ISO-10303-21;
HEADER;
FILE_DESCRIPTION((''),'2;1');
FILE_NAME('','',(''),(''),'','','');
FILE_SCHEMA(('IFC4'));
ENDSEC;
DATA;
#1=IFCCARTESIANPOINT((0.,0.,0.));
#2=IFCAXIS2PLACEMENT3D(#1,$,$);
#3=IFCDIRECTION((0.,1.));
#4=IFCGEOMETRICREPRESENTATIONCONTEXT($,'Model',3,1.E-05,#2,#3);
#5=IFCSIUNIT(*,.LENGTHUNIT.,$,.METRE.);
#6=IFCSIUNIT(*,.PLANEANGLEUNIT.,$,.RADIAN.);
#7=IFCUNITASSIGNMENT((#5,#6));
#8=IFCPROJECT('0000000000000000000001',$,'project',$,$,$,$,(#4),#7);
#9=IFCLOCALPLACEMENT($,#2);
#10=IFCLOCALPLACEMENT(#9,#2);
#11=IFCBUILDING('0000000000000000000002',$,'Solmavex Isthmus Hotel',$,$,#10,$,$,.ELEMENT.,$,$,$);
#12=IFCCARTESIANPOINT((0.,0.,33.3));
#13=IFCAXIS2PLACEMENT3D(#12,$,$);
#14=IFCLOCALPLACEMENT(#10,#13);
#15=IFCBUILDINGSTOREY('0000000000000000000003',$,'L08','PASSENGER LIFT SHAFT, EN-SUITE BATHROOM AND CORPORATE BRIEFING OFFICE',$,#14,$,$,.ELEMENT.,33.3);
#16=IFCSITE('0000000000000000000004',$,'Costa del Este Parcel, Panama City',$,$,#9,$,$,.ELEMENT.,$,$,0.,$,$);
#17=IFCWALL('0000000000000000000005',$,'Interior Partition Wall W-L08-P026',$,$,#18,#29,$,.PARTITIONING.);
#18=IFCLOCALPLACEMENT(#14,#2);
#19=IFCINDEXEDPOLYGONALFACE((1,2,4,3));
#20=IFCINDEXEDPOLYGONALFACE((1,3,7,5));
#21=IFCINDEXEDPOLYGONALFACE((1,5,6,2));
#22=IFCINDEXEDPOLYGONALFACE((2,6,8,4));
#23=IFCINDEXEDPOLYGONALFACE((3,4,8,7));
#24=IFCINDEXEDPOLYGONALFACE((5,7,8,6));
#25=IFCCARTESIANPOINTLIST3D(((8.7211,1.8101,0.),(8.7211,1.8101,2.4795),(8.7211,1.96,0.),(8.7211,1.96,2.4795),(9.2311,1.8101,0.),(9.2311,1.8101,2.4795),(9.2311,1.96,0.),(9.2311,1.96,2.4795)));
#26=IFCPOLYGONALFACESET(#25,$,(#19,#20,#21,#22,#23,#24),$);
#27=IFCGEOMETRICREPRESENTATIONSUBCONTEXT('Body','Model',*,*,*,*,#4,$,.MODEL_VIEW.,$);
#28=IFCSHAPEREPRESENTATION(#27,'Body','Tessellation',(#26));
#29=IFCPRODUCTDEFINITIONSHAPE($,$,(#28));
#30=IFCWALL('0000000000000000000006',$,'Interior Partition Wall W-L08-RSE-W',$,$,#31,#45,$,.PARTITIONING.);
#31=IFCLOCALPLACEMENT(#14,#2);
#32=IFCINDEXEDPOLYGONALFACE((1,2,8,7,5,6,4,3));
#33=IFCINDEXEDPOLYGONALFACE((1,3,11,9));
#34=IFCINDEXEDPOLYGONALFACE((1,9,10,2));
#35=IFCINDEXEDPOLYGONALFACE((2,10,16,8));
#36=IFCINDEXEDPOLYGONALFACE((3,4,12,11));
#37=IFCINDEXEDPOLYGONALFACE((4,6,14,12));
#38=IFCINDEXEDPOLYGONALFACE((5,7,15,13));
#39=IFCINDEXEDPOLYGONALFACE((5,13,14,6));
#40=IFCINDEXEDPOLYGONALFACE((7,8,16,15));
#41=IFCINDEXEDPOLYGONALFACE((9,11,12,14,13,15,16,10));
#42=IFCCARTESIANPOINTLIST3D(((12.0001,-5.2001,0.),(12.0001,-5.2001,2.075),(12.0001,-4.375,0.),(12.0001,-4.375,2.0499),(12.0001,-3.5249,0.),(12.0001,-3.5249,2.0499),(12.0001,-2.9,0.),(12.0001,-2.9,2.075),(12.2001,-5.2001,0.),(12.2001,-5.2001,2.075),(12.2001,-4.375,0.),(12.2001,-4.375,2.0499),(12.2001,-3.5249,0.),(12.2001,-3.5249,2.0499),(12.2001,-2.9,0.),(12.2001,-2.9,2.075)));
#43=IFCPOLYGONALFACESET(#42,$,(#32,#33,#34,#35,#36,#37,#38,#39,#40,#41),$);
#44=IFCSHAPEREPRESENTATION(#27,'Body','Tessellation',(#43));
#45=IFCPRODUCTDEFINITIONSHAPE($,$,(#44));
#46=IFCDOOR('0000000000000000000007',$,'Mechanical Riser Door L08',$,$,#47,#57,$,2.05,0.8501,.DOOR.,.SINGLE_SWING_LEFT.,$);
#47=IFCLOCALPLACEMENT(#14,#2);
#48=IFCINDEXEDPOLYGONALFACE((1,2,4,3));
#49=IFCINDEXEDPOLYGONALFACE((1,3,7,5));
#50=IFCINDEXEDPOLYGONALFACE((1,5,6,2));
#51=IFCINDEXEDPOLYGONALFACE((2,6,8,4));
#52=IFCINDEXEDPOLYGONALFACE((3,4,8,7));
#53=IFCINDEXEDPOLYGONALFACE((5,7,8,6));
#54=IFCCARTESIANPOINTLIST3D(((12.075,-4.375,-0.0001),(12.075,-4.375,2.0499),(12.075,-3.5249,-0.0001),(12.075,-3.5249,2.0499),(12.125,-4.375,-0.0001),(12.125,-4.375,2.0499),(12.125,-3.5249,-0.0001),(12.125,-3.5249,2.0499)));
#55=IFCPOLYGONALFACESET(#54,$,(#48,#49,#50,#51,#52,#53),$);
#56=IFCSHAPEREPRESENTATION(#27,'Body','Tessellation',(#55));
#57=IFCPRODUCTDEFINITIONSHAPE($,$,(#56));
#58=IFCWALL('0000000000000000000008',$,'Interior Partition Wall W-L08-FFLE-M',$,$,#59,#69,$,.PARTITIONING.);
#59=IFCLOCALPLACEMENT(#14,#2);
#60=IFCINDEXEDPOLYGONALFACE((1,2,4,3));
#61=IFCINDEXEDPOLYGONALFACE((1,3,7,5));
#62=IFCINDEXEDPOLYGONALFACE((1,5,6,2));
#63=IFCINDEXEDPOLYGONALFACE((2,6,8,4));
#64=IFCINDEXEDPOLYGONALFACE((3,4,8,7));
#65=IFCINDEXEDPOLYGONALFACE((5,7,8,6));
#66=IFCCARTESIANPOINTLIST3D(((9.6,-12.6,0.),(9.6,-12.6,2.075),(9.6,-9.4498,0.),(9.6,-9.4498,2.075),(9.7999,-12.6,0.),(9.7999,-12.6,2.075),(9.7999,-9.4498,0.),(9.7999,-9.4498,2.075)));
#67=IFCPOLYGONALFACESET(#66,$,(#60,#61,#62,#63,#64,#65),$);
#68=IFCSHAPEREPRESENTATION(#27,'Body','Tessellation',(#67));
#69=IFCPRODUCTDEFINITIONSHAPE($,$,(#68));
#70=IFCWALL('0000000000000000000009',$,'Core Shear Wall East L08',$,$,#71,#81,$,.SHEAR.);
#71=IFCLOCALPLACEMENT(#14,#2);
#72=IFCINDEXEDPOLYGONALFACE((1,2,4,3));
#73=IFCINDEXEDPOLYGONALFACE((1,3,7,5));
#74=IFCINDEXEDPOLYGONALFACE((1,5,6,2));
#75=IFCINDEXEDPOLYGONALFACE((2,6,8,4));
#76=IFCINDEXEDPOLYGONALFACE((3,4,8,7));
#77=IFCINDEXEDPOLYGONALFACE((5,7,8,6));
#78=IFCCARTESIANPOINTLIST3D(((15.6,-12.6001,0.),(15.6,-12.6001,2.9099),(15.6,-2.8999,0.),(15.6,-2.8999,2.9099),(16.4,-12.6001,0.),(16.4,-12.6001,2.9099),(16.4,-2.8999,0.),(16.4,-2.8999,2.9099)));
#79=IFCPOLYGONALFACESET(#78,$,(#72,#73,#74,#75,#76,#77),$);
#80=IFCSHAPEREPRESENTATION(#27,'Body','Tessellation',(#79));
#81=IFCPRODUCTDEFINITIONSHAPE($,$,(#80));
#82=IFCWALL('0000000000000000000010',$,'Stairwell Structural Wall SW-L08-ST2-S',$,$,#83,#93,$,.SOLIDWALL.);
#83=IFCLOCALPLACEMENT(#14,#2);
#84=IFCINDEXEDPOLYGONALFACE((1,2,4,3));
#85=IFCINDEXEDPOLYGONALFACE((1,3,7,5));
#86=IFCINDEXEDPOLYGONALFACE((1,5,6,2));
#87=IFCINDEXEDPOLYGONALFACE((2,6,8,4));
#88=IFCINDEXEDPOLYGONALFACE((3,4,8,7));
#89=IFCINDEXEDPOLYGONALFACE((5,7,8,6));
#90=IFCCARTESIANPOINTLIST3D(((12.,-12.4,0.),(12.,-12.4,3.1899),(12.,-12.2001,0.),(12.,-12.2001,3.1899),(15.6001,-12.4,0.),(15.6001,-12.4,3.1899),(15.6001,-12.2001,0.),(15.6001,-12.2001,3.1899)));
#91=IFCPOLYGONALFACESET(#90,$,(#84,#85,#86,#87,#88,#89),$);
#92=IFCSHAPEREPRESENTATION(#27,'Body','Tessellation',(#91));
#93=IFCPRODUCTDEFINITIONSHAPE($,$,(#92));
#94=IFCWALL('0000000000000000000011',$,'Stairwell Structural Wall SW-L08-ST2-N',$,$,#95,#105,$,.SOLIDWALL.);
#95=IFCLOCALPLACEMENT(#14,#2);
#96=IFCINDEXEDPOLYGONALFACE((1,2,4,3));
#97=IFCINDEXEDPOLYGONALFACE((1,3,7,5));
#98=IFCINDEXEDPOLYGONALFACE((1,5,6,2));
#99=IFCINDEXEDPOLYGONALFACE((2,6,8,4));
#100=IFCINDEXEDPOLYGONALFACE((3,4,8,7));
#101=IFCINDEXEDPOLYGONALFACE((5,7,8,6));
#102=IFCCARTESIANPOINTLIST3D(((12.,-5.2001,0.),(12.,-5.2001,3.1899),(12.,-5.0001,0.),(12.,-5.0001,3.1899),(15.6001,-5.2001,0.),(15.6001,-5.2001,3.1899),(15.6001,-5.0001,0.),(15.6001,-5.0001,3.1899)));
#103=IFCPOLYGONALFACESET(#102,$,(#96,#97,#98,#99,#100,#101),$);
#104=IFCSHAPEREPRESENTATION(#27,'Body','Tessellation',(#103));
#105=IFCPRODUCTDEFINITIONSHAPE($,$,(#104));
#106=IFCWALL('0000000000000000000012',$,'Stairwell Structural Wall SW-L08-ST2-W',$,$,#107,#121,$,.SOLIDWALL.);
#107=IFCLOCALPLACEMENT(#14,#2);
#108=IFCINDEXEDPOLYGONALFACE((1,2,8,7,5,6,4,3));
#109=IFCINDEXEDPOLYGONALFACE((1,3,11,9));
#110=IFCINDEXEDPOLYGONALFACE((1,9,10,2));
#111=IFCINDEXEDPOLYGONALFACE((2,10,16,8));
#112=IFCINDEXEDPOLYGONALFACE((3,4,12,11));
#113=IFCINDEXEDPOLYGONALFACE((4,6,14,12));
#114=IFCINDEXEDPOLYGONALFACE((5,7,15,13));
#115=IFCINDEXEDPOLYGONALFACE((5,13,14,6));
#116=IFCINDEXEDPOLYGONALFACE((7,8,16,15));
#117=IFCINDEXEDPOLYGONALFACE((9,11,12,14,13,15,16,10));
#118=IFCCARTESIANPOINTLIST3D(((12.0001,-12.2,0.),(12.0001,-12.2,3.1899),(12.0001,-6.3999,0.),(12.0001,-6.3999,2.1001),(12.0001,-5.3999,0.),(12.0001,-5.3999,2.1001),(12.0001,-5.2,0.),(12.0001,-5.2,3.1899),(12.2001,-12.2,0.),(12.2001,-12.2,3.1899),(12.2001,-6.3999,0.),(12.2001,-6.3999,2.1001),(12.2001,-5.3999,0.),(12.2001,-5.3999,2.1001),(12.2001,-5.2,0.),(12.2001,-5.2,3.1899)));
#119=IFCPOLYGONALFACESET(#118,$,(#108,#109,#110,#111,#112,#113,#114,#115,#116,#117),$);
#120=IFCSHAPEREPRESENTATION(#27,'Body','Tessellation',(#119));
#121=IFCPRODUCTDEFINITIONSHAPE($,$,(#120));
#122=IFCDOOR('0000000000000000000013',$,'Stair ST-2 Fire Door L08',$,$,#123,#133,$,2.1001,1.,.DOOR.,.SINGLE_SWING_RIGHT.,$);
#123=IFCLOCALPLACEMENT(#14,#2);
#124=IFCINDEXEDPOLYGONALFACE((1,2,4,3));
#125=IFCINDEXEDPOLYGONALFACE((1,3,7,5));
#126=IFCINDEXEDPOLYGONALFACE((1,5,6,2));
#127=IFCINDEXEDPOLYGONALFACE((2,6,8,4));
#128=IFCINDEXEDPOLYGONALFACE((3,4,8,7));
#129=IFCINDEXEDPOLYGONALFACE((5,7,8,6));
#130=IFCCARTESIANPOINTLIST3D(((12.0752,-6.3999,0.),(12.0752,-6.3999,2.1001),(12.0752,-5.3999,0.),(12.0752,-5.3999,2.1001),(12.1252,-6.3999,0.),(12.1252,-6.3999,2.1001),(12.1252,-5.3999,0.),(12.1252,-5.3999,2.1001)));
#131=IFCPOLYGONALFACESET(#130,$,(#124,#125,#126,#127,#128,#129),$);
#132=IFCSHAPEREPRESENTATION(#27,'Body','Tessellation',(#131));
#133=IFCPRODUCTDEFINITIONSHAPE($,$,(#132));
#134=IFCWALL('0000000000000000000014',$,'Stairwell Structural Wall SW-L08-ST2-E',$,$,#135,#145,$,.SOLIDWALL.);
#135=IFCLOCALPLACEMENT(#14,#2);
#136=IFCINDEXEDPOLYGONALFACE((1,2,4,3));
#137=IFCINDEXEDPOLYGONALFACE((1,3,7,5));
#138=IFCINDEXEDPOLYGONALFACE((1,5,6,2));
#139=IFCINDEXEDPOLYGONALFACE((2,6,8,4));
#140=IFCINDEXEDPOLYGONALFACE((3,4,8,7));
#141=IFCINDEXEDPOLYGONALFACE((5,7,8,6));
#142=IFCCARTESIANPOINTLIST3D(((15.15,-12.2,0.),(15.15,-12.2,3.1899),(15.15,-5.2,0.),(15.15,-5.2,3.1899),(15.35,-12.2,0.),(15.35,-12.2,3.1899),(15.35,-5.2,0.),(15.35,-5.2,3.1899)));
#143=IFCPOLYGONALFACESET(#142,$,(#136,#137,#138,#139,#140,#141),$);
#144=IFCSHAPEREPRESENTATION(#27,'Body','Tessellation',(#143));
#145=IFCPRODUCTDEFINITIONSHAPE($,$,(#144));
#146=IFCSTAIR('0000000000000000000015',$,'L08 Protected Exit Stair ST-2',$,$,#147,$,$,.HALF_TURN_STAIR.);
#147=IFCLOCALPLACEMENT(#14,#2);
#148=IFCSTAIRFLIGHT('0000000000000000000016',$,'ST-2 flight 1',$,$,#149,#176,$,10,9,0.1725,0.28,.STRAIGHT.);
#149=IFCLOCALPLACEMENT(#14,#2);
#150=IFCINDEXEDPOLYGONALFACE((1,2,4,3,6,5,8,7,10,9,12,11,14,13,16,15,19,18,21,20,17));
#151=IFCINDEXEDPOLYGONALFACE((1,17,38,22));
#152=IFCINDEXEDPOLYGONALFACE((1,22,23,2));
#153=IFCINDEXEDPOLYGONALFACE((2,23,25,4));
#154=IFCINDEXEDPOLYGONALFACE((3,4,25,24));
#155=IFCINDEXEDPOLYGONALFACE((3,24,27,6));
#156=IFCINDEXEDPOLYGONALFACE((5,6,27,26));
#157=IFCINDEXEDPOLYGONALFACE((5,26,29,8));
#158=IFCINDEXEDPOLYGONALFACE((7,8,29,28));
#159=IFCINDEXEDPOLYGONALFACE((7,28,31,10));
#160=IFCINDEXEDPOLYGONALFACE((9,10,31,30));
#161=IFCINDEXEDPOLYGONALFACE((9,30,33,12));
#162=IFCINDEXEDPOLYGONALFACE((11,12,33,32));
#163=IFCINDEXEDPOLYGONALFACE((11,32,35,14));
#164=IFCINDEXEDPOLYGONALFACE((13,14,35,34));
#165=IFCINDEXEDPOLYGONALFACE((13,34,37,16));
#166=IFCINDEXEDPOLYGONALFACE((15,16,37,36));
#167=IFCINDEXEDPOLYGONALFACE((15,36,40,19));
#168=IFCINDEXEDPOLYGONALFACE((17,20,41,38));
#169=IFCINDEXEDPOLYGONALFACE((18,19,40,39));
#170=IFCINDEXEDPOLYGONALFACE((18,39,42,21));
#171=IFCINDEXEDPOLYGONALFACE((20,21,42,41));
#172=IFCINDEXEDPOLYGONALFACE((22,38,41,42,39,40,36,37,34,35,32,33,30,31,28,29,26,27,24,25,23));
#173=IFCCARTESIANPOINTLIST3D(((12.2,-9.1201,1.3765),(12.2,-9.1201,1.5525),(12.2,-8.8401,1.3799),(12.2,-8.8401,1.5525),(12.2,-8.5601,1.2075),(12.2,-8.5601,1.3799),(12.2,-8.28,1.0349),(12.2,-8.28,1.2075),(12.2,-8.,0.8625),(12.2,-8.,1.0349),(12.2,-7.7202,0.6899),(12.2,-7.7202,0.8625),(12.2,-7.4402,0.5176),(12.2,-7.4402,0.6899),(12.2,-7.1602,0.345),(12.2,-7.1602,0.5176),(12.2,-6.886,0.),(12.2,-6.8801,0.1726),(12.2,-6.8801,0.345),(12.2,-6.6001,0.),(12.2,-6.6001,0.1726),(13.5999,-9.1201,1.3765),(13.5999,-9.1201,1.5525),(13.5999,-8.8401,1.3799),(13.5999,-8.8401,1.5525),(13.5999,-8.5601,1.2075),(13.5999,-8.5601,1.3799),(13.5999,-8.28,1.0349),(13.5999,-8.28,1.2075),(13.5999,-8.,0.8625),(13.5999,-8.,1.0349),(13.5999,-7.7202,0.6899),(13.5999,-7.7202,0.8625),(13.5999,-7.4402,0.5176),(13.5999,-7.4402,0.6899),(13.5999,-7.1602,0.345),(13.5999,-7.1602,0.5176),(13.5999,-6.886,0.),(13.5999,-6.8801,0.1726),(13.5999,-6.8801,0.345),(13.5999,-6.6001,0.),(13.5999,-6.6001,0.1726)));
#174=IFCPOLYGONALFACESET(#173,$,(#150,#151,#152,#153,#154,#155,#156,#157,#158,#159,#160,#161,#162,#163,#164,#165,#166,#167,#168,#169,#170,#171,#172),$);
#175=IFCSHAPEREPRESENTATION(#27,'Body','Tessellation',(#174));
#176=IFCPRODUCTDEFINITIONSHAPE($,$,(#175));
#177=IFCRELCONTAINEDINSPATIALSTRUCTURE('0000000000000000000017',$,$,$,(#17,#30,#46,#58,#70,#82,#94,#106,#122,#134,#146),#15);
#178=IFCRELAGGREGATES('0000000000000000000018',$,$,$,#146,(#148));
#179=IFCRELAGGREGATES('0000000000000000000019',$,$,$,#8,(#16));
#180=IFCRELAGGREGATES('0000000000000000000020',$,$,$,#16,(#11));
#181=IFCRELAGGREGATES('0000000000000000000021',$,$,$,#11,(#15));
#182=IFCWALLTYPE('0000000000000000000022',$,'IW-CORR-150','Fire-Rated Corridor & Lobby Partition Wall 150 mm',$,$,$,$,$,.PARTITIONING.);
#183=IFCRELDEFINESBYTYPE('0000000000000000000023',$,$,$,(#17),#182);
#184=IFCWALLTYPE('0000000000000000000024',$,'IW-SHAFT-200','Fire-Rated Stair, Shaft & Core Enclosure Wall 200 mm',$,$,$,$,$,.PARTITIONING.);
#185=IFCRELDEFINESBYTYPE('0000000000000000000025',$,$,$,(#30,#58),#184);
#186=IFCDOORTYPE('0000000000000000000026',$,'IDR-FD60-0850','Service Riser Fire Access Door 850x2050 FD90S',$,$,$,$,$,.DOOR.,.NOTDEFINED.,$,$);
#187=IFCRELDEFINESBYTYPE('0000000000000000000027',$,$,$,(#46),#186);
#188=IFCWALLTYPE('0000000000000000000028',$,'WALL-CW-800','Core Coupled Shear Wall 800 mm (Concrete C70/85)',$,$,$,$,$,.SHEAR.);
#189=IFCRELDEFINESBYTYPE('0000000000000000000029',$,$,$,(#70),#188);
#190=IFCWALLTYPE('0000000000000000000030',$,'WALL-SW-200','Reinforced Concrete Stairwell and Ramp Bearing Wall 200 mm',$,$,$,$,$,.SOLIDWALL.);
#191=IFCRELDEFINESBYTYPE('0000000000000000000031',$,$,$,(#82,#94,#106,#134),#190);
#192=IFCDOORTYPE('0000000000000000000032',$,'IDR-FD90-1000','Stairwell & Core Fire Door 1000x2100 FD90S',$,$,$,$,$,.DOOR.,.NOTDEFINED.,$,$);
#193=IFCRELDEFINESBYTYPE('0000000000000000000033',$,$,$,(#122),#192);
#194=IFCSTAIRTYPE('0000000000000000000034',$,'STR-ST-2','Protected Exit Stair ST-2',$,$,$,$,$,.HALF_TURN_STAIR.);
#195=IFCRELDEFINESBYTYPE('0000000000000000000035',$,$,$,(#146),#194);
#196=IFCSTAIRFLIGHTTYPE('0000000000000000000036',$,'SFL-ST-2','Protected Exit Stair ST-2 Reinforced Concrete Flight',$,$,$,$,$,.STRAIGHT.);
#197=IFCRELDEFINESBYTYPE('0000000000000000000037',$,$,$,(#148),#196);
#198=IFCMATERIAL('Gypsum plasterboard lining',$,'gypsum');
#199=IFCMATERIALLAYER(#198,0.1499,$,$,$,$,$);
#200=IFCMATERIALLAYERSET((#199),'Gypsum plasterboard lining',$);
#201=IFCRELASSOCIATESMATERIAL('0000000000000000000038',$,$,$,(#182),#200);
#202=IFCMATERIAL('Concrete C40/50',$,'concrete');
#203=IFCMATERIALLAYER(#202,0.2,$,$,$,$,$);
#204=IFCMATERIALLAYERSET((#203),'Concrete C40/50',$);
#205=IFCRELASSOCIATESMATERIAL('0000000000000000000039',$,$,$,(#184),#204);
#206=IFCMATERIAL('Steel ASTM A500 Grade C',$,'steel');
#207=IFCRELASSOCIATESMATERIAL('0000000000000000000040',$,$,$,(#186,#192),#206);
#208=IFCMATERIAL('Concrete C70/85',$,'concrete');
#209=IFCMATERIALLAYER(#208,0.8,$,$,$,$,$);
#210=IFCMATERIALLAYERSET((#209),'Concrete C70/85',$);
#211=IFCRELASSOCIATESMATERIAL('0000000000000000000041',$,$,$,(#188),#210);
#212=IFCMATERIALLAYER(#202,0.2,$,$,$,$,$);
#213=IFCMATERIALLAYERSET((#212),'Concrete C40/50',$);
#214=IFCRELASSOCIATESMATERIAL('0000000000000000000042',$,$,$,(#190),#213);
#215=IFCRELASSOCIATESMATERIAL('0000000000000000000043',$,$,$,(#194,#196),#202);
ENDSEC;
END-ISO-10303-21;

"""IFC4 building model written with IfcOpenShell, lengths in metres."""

from ifc_helpers import new_model, si_unit, direction, frame, frame_2d, origin, place, context, subcontext, project, spatial, polyline, rectangle, outline, extrude, material, layer, layer_set, type_object, element, fill, aggregate, save


model = new_model("IFC4")

# Units and contexts
model_context = context("Model", 3, precision=1e-05, world=origin(), true_north=direction((0.0, 1.0)))
body_context = subcontext(model_context, "Body", "Model", "MODEL_VIEW")
ifc_project = project(units=[si_unit("LENGTHUNIT", "METRE"), si_unit("PLANEANGLEUNIT", "RADIAN")], contexts=[model_context])

# Site, building, storey
site_placement = place(None, origin())
site = spatial("IfcSite", under=ifc_project, at=site_placement, Name="Costa del Este Parcel, Panama City", CompositionType="ELEMENT", RefElevation=0.0)
building_placement = place(site_placement, origin())
building = spatial("IfcBuilding", under=site, at=building_placement, Name="Solmavex Isthmus Hotel", CompositionType="ELEMENT")
storey_placement = place(building_placement, frame((0.0, 0.0, 33.3)))
storey = spatial("IfcBuildingStorey", under=building, at=storey_placement, Name="L08", Description="PASSENGER LIFT SHAFT, EN-SUITE BATHROOM AND CORPORATE BRIEFING OFFICE", CompositionType="ELEMENT", Elevation=33.3)

# Shared definitions
ifc_material_1 = material(Name="Concrete C70/85", Category="concrete")

# Wall
ifc_material_2 = material(Name="Gypsum plasterboard lining", Category="gypsum")
ifc_layer_1 = layer(ifc_material_2, 0.1499)
ifc_layer_set_1 = layer_set([ifc_layer_1], Name="Gypsum plasterboard lining")
wall_type_1 = type_object("IfcWallType", Name="IW-CORR-150", Description="Fire-Rated Corridor & Lobby Partition Wall 150 mm", PredefinedType="PARTITIONING", material=ifc_layer_set_1)
wall_1_placement = place(storey_placement, frame((9.231, 1.885, 0.0), z_axis=(0.0, 0.0, 1.0), x_axis=(-1.0, 0.0, 0.0)))
element("IfcWall", 1, at=wall_1_placement, inside=storey, type_object=wall_type_1, Name="Interior Partition Wall W-L08-P026", PredefinedType="PARTITIONING", context=body_context, shape_type="SweptSolid", body=[
    extrude(rectangle(XDim=0.51, YDim=0.1499, at=frame_2d((0.2549, 0.0))), origin(), (0.0, 0.0, 1.0), 2.4795),
])

# Wall, opening, door
ifc_material_3 = material(Name="Concrete C40/50", Category="concrete")
ifc_layer_2 = layer(ifc_material_3, 0.2)
ifc_layer_set_2 = layer_set([ifc_layer_2], Name="Concrete C40/50")
wall_type_2 = type_object("IfcWallType", Name="IW-SHAFT-200", Description="Fire-Rated Stair, Shaft & Core Enclosure Wall 200 mm", PredefinedType="PARTITIONING", material=ifc_layer_set_2)
wall_2_placement = place(storey_placement, frame((12.1001, -5.2, 0.0), z_axis=(0.0, 0.0, 1.0), x_axis=(0.0, 1.0, 0.0)))
wall_2 = element("IfcWall", 2, at=wall_2_placement, inside=storey, type_object=wall_type_2, Name="Interior Partition Wall W-L08-RSE-W", PredefinedType="PARTITIONING", context=body_context, shape_type="SweptSolid", body=[
    extrude(rectangle(XDim=2.3, YDim=0.2, at=frame_2d((1.1499, 0.0))), origin(), (0.0, 0.0, 1.0), 2.075),
])
opening_1_placement = place(wall_2_placement, frame((0.825, 0.0, 0.0)))
opening_1 = element("IfcOpeningElement", 3, at=opening_1_placement, cuts=wall_2, PredefinedType="OPENING", context=body_context, shape_type="SweptSolid", body=[
    extrude(rectangle(XDim=0.8501, YDim=2.05, at=frame_2d((0.425, 1.0249))), frame((0.0, 0.1099, 0.0), z_axis=(0.0, -1.0, 0.0), x_axis=(1.0, 0.0, 0.0)), (0.0, 0.0, 1.0), 0.22),
])
ifc_material_4 = material(Name="Steel ASTM A500 Grade C", Category="steel")
door_type_1 = type_object("IfcDoorType", Name="IDR-FD60-0850", Description="Service Riser Fire Access Door 850x2050 FD90S", OperationType="NOTDEFINED", PredefinedType="DOOR", material=ifc_material_4)
door_1_placement = place(opening_1_placement, frame((0.8501, 0.0, 0.0), z_axis=(0.0, 0.0, 1.0), x_axis=(-1.0, 0.0, 0.0)))
door_1 = element("IfcDoor", 4, at=door_1_placement, inside=storey, type_object=door_type_1, Name="Mechanical Riser Door L08", OperationType="SINGLE_SWING_LEFT", OverallHeight=2.05, OverallWidth=0.8501, PredefinedType="DOOR", context=body_context, shape_type="SweptSolid", body=[
    extrude(rectangle(XDim=0.8501, YDim=2.05, at=frame_2d((0.425, 1.0249))), frame((0.0, 0.0249, 0.0), z_axis=(0.0, -1.0, 0.0), x_axis=(1.0, 0.0, 0.0)), (0.0, 0.0, 1.0), 0.05),
])
fill(opening_1, door_1)

# Walls
wall_3_placement = place(storey_placement, frame((9.7, -12.6001, 0.0), z_axis=(0.0, 0.0, 1.0), x_axis=(0.0, 1.0, 0.0)))
element("IfcWall", 5, at=wall_3_placement, inside=storey, type_object=wall_type_2, Name="Interior Partition Wall W-L08-FFLE-M", PredefinedType="PARTITIONING", context=body_context, shape_type="SweptSolid", body=[
    extrude(rectangle(XDim=3.1501, YDim=0.2, at=frame_2d((1.5752, 0.0))), origin(), (0.0, 0.0, 1.0), 2.075),
])
ifc_layer_3 = layer(ifc_material_1, 0.8)
ifc_layer_set_3 = layer_set([ifc_layer_3], Name="Concrete C70/85")
wall_type_3 = type_object("IfcWallType", Name="WALL-CW-800", Description="Core Coupled Shear Wall 800 mm (Concrete C70/85)", PredefinedType="SHEAR", material=ifc_layer_set_3)
wall_4_placement = place(storey_placement, frame((16.0, -12.6001, 0.0), z_axis=(0.0, 0.0, 1.0), x_axis=(0.0, 1.0, 0.0)))
element("IfcWall", 6, at=wall_4_placement, inside=storey, type_object=wall_type_3, Name="Core Shear Wall East L08", PredefinedType="SHEAR", context=body_context, shape_type="SweptSolid", body=[
    extrude(rectangle(XDim=9.7002, YDim=0.8, at=frame_2d((4.8501, 0.0))), origin(), (0.0, 0.0, 1.0), 2.9099),
])
ifc_layer_4 = layer(ifc_material_3, 0.2)
ifc_layer_set_4 = layer_set([ifc_layer_4], Name="Concrete C40/50")
wall_type_4 = type_object("IfcWallType", Name="WALL-SW-200", Description="Reinforced Concrete Stairwell and Ramp Bearing Wall 200 mm", PredefinedType="SOLIDWALL", material=ifc_layer_set_4)
for number, where, z_axis, x_axis, name in (
    (7, (12.0, -12.3, 0.0), (0.0, 0.0, 1.0), (1.0, 0.0, 0.0), "Stairwell Structural Wall SW-L08-ST2-S"),
    (8, (12.0, -5.1001, 0.0), (0.0, 0.0, 1.0), (1.0, 0.0, 0.0), "Stairwell Structural Wall SW-L08-ST2-N"),
):
    element("IfcWall", number, at=place(storey_placement, frame(where, z_axis=z_axis, x_axis=x_axis)), inside=storey, type_object=wall_type_4, Name=name, PredefinedType="SOLIDWALL", context=body_context, shape_type="SweptSolid", body=[
        extrude(rectangle(XDim=3.6001, YDim=0.2, at=frame_2d((1.8, 0.0))), origin(), (0.0, 0.0, 1.0), 3.1899),
    ])

# Wall, opening, door
wall_5_placement = place(storey_placement, frame((12.1001, -12.2, 0.0), z_axis=(0.0, 0.0, 1.0), x_axis=(0.0, 1.0, 0.0)))
wall_5 = element("IfcWall", 9, at=wall_5_placement, inside=storey, type_object=wall_type_4, Name="Stairwell Structural Wall SW-L08-ST2-W", PredefinedType="SOLIDWALL", context=body_context, shape_type="SweptSolid", body=[
    extrude(rectangle(XDim=7.0, YDim=0.2, at=frame_2d((3.5, 0.0))), origin(), (0.0, 0.0, 1.0), 3.1899),
])
opening_2_placement = place(wall_5_placement, frame((5.8, 0.0, 0.0)))
opening_2 = element("IfcOpeningElement", 10, at=opening_2_placement, cuts=wall_5, PredefinedType="OPENING", context=body_context, shape_type="SweptSolid", body=[
    extrude(rectangle(XDim=1.0, YDim=2.1001, at=frame_2d((0.5, 1.05))), frame((0.0, 0.1099, 0.0), z_axis=(0.0, -1.0, 0.0), x_axis=(1.0, 0.0, 0.0)), (0.0, 0.0, 1.0), 0.22),
])
door_type_2 = type_object("IfcDoorType", Name="IDR-FD90-1000", Description="Stairwell & Core Fire Door 1000x2100 FD90S", OperationType="NOTDEFINED", PredefinedType="DOOR", material=ifc_material_4)
door_2_placement = place(opening_2_placement, origin())
door_2 = element("IfcDoor", 11, at=door_2_placement, inside=storey, type_object=door_type_2, Name="Stair ST-2 Fire Door L08", OperationType="SINGLE_SWING_RIGHT", OverallHeight=2.1001, OverallWidth=1.0, PredefinedType="DOOR", context=body_context, shape_type="SweptSolid", body=[
    extrude(rectangle(XDim=1.0, YDim=2.1001, at=frame_2d((0.5, 1.05))), frame((0.0, 0.0249, 0.0), z_axis=(0.0, -1.0, 0.0), x_axis=(1.0, 0.0, 0.0)), (0.0, 0.0, 1.0), 0.05),
])
fill(opening_2, door_2)

# Wall
wall_6_placement = place(storey_placement, frame((15.25, -12.2, 0.0), z_axis=(0.0, 0.0, 1.0), x_axis=(0.0, 1.0, 0.0)))
element("IfcWall", 12, at=wall_6_placement, inside=storey, type_object=wall_type_4, Name="Stairwell Structural Wall SW-L08-ST2-E", PredefinedType="SOLIDWALL", context=body_context, shape_type="SweptSolid", body=[
    extrude(rectangle(XDim=7.0, YDim=0.2, at=frame_2d((3.5, 0.0))), origin(), (0.0, 0.0, 1.0), 3.1899),
])

# Stair, stair flight
stair_type = type_object("IfcStairType", Name="STR-ST-2", Description="Protected Exit Stair ST-2", PredefinedType="HALF_TURN_STAIR", material=ifc_material_3)
stair_placement = place(storey_placement, origin())
stair = element("IfcStair", 13, at=stair_placement, inside=storey, type_object=stair_type, Name="L08 Protected Exit Stair ST-2", PredefinedType="HALF_TURN_STAIR")
stair_flight_type = type_object("IfcStairFlightType", Name="SFL-ST-2", Description="Protected Exit Stair ST-2 Reinforced Concrete Flight", PredefinedType="STRAIGHT", material=ifc_material_3)
stair_flight_1_placement = place(storey_placement, frame((12.8999, -6.6001, 0.0), z_axis=(0.0, 0.0, 1.0), x_axis=(0.0, -1.0, 0.0)))
stair_flight_1 = element("IfcStairFlight", 14, at=stair_flight_1_placement, type_object=stair_flight_type, Name="ST-2 flight 1", NumberOfRisers=10, NumberOfTreads=9, PredefinedType="STRAIGHT", RiserHeight=0.1725, TreadLength=0.28, context=body_context, shape_type="SweptSolid", body=[
    extrude(outline(polyline([(0.0, 0.0), (0.0, 0.1726), (0.28, 0.1726), (0.28, 0.345), (0.5601, 0.345), (0.5601, 0.5176), (0.8401, 0.5176), (0.8401, 0.6899), (1.1201, 0.6899), (1.1201, 0.8625), (1.3999, 0.8625), (1.3999, 1.0349), (1.6799, 1.0349), (1.6799, 1.2075), (1.96, 1.2075), (1.96, 1.3799), (2.24, 1.3799), (2.24, 1.5525), (2.52, 1.5525), (2.52, 1.7251), (2.52, 1.3765), (0.2859, 0.0), (0.0, 0.0)])), frame((0.0, 0.7, 0.0), z_axis=(0.0, -1.0, 0.0), x_axis=(1.0, 0.0, 0.0)), (0.0, 0.0, 1.0), 1.3999),
])
aggregate(stair, [stair_flight_1])

save(model, "model.ifc")
